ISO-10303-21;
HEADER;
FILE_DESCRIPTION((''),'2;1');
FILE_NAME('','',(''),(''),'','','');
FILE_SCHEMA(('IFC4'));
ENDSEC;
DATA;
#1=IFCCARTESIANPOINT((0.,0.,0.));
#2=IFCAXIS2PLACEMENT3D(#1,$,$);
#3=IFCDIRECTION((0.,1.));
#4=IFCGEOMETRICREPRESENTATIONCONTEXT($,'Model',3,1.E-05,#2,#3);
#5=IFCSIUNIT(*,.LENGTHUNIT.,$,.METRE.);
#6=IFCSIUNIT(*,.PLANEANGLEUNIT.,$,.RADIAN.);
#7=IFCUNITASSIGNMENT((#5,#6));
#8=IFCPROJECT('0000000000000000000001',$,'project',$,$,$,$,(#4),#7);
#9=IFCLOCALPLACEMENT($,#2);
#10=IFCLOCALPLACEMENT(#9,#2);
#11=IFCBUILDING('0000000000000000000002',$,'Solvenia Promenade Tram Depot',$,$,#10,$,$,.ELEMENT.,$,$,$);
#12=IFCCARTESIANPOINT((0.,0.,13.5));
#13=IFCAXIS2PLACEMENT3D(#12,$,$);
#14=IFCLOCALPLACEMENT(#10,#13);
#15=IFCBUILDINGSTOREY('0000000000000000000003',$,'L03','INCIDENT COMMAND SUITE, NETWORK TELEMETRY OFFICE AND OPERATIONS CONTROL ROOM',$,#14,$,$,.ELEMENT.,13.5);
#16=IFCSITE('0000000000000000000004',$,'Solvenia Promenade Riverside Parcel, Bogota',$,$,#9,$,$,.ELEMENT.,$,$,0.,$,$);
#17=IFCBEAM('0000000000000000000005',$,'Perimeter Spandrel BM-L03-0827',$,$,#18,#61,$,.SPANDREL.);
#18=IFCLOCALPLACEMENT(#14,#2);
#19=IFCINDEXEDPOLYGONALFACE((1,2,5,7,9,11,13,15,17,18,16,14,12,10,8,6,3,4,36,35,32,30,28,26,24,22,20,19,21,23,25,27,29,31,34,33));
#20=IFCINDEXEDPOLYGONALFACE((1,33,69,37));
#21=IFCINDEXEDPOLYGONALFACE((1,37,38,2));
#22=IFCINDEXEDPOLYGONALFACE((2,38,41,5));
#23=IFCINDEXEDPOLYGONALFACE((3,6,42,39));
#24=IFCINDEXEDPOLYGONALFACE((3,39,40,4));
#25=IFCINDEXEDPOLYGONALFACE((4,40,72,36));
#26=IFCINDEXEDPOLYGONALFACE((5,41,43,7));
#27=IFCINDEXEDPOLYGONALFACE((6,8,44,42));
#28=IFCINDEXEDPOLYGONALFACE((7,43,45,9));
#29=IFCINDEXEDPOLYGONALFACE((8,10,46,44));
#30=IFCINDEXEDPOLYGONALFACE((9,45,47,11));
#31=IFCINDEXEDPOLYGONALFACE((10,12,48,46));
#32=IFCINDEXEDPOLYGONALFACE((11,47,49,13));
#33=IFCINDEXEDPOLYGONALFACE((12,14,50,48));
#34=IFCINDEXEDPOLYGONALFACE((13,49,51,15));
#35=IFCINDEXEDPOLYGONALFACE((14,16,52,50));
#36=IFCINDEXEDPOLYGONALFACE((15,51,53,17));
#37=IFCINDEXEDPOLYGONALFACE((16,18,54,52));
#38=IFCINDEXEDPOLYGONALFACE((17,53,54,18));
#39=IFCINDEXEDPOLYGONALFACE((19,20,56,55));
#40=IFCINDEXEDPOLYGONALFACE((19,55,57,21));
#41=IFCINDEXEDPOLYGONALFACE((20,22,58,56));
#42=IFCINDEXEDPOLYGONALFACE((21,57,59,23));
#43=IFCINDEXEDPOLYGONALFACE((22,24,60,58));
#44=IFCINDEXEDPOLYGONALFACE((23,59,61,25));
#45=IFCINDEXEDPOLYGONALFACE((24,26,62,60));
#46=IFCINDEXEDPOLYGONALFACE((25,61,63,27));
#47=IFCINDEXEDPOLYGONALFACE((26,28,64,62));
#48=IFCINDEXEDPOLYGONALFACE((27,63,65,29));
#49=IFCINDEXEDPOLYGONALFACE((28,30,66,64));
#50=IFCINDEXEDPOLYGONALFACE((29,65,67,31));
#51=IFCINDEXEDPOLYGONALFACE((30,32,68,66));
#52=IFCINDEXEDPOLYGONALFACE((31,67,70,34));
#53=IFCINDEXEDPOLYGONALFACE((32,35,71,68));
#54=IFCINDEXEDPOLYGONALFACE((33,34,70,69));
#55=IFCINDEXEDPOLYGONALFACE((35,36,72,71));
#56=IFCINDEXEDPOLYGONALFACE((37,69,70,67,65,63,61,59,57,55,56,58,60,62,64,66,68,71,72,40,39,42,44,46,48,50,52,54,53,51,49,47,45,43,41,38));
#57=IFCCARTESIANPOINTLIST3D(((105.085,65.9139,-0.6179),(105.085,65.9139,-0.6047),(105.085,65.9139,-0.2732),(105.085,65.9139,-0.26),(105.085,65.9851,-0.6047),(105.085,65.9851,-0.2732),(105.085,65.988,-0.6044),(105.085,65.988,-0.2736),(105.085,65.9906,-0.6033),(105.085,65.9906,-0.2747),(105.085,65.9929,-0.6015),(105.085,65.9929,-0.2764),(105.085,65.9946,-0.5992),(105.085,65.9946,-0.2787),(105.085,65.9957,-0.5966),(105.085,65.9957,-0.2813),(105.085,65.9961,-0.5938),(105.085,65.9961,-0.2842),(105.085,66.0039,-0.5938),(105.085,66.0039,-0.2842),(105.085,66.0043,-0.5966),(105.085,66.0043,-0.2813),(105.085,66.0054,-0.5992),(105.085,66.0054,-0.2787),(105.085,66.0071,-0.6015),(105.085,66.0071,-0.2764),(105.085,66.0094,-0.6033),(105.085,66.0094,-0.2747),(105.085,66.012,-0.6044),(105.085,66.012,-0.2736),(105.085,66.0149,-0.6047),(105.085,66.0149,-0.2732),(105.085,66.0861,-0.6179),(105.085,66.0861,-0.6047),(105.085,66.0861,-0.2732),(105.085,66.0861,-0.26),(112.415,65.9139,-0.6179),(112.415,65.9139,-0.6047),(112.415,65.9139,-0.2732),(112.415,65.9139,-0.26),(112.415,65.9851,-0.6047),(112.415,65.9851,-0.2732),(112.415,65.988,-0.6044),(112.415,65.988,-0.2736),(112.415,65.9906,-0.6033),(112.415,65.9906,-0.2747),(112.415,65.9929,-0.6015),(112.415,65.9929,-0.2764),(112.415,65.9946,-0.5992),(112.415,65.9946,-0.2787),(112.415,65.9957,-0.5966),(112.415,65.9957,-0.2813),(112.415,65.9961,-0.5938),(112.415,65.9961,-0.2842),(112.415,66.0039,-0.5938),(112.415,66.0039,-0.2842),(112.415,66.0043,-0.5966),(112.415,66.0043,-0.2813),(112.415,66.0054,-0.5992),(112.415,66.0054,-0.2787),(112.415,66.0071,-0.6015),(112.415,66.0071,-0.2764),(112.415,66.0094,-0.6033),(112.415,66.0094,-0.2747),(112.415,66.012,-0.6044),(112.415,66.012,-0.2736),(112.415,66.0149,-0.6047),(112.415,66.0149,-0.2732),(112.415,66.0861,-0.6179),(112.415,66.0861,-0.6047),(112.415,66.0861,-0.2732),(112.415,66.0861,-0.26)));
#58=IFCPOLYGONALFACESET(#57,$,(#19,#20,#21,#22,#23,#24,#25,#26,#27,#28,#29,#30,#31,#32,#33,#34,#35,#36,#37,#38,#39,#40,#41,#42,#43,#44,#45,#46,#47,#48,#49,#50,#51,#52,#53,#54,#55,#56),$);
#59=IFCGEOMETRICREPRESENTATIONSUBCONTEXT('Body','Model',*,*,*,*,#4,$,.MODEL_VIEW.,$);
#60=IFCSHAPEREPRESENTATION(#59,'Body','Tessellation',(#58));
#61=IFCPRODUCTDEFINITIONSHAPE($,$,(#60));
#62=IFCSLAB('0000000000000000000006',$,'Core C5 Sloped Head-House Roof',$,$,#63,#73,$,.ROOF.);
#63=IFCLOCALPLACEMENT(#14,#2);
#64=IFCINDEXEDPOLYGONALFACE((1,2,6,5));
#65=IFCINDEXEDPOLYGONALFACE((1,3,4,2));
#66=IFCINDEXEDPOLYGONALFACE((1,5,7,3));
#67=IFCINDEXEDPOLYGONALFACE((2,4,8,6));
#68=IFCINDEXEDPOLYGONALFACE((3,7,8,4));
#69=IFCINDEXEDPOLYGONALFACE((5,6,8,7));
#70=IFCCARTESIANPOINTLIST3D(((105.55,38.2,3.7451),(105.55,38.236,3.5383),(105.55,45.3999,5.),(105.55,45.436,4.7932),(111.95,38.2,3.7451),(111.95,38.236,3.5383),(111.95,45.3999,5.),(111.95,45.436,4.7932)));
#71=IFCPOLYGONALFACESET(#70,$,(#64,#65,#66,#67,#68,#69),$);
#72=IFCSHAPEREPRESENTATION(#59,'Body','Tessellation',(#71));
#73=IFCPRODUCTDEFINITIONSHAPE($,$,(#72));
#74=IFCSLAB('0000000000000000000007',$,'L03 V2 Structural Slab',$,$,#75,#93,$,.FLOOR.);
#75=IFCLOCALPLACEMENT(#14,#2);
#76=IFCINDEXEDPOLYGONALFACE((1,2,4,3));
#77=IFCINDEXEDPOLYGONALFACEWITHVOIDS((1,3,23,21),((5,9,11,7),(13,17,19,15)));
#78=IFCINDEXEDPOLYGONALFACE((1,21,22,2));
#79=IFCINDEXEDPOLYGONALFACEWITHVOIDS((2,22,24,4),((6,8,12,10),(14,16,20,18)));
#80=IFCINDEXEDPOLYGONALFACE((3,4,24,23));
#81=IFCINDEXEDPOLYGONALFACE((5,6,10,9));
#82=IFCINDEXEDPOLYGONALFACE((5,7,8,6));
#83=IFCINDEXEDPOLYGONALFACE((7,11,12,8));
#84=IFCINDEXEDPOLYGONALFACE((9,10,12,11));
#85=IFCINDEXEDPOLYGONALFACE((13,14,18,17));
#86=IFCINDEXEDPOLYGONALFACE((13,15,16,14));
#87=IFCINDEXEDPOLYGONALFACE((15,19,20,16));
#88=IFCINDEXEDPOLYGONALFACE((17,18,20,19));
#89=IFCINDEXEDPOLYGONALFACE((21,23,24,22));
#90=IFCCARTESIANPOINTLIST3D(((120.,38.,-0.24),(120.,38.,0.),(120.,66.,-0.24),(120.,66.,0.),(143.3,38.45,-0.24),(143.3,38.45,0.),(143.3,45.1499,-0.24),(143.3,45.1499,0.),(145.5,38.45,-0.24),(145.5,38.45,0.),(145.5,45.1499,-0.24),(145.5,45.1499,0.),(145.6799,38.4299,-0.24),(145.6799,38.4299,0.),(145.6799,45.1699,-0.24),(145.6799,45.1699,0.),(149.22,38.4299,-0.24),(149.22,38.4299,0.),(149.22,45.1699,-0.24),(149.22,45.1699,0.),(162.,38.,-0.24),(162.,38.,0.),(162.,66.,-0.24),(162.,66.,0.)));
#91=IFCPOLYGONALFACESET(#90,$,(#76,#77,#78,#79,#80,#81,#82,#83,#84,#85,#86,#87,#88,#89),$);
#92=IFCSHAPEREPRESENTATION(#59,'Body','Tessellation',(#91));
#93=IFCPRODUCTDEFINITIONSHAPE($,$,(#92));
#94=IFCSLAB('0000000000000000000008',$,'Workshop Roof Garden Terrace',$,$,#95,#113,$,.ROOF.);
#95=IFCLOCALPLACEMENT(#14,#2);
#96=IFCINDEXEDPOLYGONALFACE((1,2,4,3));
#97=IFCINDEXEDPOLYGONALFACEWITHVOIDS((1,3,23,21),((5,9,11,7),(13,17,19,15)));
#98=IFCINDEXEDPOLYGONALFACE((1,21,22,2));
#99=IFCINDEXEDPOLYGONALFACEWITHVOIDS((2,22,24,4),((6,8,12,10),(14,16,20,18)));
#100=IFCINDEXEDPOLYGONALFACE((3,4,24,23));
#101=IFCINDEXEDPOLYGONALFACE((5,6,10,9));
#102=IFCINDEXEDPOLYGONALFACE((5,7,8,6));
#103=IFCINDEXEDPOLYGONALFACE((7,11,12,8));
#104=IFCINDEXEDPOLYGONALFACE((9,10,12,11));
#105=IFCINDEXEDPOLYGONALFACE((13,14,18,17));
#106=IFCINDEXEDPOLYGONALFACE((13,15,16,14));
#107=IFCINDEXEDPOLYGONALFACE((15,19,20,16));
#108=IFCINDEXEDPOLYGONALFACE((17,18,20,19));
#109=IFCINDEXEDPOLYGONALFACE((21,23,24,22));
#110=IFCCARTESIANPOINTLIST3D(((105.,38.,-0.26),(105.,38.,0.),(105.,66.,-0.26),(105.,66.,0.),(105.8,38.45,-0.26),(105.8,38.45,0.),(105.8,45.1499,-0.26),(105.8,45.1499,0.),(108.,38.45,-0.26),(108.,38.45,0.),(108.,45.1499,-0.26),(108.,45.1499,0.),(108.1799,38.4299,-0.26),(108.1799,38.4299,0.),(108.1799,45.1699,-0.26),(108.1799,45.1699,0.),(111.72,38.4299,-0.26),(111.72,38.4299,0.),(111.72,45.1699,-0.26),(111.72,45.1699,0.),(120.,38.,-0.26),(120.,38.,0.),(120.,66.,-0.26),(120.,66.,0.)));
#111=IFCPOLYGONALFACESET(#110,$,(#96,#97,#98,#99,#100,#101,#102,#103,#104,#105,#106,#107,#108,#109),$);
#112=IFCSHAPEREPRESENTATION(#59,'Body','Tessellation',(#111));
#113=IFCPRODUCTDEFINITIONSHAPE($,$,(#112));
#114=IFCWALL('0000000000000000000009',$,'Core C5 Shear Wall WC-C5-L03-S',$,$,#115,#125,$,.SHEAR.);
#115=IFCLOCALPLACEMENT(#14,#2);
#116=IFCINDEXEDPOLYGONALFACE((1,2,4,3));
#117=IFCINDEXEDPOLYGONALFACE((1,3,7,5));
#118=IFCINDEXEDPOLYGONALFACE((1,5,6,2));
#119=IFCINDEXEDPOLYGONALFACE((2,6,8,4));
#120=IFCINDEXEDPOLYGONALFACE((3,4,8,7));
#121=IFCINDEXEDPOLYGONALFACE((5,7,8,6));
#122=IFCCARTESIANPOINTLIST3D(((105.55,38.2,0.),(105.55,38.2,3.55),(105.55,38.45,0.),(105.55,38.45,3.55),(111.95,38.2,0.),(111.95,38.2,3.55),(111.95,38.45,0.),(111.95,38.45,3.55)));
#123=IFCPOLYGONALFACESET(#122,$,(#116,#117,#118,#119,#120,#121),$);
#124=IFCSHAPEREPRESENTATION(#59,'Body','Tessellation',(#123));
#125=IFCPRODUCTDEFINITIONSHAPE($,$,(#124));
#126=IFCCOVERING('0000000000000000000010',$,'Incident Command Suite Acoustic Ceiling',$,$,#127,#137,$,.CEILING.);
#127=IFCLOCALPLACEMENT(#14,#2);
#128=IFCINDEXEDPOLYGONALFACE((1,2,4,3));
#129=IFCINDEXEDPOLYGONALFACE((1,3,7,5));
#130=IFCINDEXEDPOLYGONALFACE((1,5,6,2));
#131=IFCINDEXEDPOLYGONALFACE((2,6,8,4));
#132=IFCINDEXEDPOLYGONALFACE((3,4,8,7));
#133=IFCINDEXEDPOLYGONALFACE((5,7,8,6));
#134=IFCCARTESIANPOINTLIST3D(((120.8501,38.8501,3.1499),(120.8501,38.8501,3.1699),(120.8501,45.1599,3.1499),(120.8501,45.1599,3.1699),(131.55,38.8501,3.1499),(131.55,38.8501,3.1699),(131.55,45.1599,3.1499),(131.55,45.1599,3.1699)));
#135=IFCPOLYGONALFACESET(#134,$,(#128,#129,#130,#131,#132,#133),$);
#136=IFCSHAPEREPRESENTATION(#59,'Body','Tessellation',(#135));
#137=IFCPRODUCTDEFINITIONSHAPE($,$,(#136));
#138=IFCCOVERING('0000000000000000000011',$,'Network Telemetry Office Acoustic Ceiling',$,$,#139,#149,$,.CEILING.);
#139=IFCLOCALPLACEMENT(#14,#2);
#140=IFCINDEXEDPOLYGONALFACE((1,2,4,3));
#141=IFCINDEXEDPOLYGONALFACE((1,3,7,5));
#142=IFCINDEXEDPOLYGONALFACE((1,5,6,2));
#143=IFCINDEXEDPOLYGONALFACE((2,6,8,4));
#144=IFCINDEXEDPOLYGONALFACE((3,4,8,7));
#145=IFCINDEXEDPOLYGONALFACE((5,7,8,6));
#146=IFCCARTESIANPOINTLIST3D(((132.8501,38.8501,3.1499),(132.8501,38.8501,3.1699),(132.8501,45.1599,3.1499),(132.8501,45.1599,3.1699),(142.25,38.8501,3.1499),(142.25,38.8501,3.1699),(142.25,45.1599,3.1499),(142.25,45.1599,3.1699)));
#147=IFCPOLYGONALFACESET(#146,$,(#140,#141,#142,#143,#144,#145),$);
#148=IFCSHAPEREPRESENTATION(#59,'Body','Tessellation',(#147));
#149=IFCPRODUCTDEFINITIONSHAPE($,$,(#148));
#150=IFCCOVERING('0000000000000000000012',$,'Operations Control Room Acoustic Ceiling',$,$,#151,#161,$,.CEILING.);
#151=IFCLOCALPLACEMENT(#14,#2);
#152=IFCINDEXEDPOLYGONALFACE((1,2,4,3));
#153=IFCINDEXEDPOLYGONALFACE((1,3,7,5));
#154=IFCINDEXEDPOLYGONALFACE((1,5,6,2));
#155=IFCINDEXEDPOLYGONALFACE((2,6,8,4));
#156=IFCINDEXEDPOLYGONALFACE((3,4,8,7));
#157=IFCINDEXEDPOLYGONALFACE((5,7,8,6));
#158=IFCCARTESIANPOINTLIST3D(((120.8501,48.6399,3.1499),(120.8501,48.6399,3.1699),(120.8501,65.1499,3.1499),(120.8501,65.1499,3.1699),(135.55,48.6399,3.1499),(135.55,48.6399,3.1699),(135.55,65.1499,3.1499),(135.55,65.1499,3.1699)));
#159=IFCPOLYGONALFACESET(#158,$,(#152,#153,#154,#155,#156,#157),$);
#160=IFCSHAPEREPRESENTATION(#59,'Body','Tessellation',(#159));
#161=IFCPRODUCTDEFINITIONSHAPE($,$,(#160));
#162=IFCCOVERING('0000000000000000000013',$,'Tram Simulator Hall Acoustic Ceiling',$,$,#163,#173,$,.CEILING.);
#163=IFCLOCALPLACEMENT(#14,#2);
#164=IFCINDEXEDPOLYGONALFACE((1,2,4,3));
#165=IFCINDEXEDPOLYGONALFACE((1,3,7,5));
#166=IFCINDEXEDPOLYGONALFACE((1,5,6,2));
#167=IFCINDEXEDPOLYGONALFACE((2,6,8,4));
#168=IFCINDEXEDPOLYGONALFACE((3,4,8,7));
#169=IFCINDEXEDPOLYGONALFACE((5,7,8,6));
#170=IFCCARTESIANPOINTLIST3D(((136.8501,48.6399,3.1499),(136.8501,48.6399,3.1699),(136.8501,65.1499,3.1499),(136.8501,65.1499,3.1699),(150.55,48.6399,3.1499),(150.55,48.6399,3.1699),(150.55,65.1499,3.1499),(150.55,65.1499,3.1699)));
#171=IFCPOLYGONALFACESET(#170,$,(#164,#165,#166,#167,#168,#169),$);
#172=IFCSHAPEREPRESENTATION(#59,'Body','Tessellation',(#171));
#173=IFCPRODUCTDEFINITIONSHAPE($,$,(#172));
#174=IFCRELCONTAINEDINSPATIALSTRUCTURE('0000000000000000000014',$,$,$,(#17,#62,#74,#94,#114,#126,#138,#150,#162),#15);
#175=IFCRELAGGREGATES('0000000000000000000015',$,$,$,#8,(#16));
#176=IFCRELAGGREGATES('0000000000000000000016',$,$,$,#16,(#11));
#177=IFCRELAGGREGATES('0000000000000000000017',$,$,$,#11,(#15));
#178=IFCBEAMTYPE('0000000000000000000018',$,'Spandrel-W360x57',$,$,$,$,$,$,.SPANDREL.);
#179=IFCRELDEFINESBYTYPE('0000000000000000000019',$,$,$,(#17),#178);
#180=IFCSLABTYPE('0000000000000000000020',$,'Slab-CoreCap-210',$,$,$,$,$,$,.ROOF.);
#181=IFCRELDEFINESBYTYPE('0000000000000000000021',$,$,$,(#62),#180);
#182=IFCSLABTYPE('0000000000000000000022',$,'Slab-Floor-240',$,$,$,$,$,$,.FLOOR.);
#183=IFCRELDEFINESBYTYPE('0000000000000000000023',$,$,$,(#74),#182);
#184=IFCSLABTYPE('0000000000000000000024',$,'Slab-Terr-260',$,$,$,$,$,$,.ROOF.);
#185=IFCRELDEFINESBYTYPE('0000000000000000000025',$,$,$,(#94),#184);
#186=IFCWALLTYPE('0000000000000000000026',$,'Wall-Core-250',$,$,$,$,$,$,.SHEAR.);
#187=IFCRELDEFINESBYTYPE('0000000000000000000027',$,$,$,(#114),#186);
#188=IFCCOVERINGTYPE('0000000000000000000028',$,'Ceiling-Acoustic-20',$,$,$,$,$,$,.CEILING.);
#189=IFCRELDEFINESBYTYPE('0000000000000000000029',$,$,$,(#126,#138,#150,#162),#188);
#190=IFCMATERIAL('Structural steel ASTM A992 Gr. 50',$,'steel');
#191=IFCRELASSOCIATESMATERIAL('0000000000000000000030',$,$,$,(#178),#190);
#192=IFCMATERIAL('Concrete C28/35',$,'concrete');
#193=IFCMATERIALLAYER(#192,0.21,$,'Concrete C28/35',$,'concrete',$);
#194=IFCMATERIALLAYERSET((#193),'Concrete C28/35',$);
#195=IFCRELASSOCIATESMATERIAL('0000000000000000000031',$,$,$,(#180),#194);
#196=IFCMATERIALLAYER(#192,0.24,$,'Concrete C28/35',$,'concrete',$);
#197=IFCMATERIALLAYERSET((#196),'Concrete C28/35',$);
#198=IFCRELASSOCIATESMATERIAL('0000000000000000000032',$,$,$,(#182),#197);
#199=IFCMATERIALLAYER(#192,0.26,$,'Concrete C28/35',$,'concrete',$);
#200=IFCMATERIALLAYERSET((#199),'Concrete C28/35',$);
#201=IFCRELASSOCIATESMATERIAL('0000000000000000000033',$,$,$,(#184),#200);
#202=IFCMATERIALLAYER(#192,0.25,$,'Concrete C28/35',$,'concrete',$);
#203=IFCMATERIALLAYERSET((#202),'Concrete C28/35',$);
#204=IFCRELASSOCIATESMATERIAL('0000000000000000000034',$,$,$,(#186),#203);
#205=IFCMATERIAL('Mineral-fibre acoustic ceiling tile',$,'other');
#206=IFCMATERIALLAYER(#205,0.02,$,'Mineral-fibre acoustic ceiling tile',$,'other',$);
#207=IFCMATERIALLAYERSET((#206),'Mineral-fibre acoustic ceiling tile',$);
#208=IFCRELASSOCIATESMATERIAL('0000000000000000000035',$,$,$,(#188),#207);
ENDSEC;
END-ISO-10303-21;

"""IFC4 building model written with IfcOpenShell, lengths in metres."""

from ifc_helpers import new_model, si_unit, direction, frame, frame_2d, origin, origin_2d, place, context, subcontext, project, spatial, polyline, rectangle, i_section, outline, extrude, material, layer, layer_set, material_profile, profile_set, type_object, element, save


model = new_model("IFC4")

# Units and contexts
model_context = context("Model", 3, precision=1e-05, world=origin(), true_north=direction((0.0, 1.0)))
body_context = subcontext(model_context, "Body", "Model", "MODEL_VIEW")
ifc_project = project(units=[si_unit("LENGTHUNIT", "METRE"), si_unit("PLANEANGLEUNIT", "RADIAN")], contexts=[model_context])

# Site, building, storey
site_placement = place(None, origin())
site = spatial("IfcSite", under=ifc_project, at=site_placement, Name="Solvenia Promenade Riverside Parcel, Bogota", CompositionType="ELEMENT", RefElevation=0.0)
building_placement = place(site_placement, origin())
building = spatial("IfcBuilding", under=site, at=building_placement, Name="Solvenia Promenade Tram Depot", CompositionType="ELEMENT")
storey_placement = place(building_placement, frame((0.0, 0.0, 13.5)))
storey = spatial("IfcBuildingStorey", under=building, at=storey_placement, Name="L03", Description="INCIDENT COMMAND SUITE, NETWORK TELEMETRY OFFICE AND OPERATIONS CONTROL ROOM", CompositionType="ELEMENT", Elevation=13.5)

# Beam
ifc_material_1 = material(Name="Structural steel ASTM A992 Gr. 50", Category="steel")
ifc_material_profile_1 = material_profile(ifc_material_1, i_section(OverallWidth=0.1721, OverallDepth=0.3579, WebThickness=0.0078, FlangeThickness=0.0132, FilletRadius=0.011, at=origin_2d()), Name="W360x57", Category="steel")
ifc_profile_set_1 = profile_set([ifc_material_profile_1], Name="Structural steel ASTM A992 Gr. 50")
beam_type_1 = type_object("IfcBeamType", Name="Spandrel-W360x57", PredefinedType="SPANDREL", material=ifc_profile_set_1)
for number, where, z_axis, x_axis, name in (
    (1, (105.085, 66.0, -0.439), (1.0, 0.0, 0.0), (0.0, 1.0, 0.0), "Perimeter Spandrel BM-L03-0827"),
):
    element("IfcBeam", number, at=place(storey_placement, frame(where, z_axis=z_axis, x_axis=x_axis)), inside=storey, type_object=beam_type_1, Name=name, PredefinedType="SPANDREL", context=body_context, shape_type="SweptSolid", body=[
        extrude(i_section(OverallWidth=0.1721, OverallDepth=0.3579, WebThickness=0.0078, FlangeThickness=0.0132, FilletRadius=0.011, at=origin_2d()), origin(), (0.0, 0.0, 1.0), 7.3301),
    ])

# Slabs
ifc_material_2 = material(Name="Concrete C28/35", Category="concrete")
ifc_layer_1 = layer(ifc_material_2, 0.21, Name="Concrete C28/35", Category="concrete")
ifc_layer_set_1 = layer_set([ifc_layer_1], Name="Concrete C28/35")
slab_type_1 = type_object("IfcSlabType", Name="Slab-CoreCap-210", PredefinedType="ROOF", material=ifc_layer_set_1)
slab_1_placement = place(storey_placement, frame((105.55, 38.2, 3.7451), z_axis=(0.0, -0.171702, 0.985149), x_axis=(1.0, 0.0, 0.0)))
element("IfcSlab", 2, at=slab_1_placement, inside=storey, type_object=slab_type_1, Name="Core C5 Sloped Head-House Roof", PredefinedType="ROOF", context=body_context, shape_type="SweptSolid", body=[
    extrude(outline(polyline([(0.0, 0.0), (6.3999, 0.0), (6.3999, 7.3085), (0.0, 7.3085), (0.0, 0.0)])), origin(), (0.0, 0.0, -1.0), 0.21),
])
ifc_layer_2 = layer(ifc_material_2, 0.24, Name="Concrete C28/35", Category="concrete")
ifc_layer_set_2 = layer_set([ifc_layer_2], Name="Concrete C28/35")
slab_type_2 = type_object("IfcSlabType", Name="Slab-Floor-240", PredefinedType="FLOOR", material=ifc_layer_set_2)
slab_2_placement = place(storey_placement, frame((0.0, 0.0, -0.24)))
element("IfcSlab", 3, at=slab_2_placement, inside=storey, type_object=slab_type_2, Name="L03 V2 Structural Slab", PredefinedType="FLOOR", context=body_context, shape_type="SweptSolid", body=[
    extrude(outline(polyline([(120.0, 38.0), (162.0, 38.0), (162.0, 66.0), (120.0, 66.0), (120.0, 38.0)]), holes=[polyline([(143.3, 45.1499), (145.5, 45.1499), (145.5, 38.45), (143.3, 38.45), (143.3, 45.1499)]), polyline([(145.6799, 45.1699), (149.22, 45.1699), (149.22, 38.4299), (145.6799, 38.4299), (145.6799, 45.1699)])]), origin(), (0.0, 0.0, 1.0), 0.24),
])
ifc_layer_3 = layer(ifc_material_2, 0.26, Name="Concrete C28/35", Category="concrete")
ifc_layer_set_3 = layer_set([ifc_layer_3], Name="Concrete C28/35")
slab_type_3 = type_object("IfcSlabType", Name="Slab-Terr-260", PredefinedType="ROOF", material=ifc_layer_set_3)
slab_3_placement = place(storey_placement, frame((0.0, 0.0, -0.26)))
element("IfcSlab", 4, at=slab_3_placement, inside=storey, type_object=slab_type_3, Name="Workshop Roof Garden Terrace", PredefinedType="ROOF", context=body_context, shape_type="SweptSolid", body=[
    extrude(outline(polyline([(105.0, 38.0), (120.0, 38.0), (120.0, 66.0), (105.0, 66.0), (105.0, 38.0)]), holes=[polyline([(105.8, 45.1499), (108.0, 45.1499), (108.0, 38.45), (105.8, 38.45), (105.8, 45.1499)]), polyline([(108.1799, 45.1699), (111.72, 45.1699), (111.72, 38.4299), (108.1799, 38.4299), (108.1799, 45.1699)])]), origin(), (0.0, 0.0, 1.0), 0.26),
])

# Wall
ifc_layer_4 = layer(ifc_material_2, 0.25, Name="Concrete C28/35", Category="concrete")
ifc_layer_set_4 = layer_set([ifc_layer_4], Name="Concrete C28/35")
wall_type = type_object("IfcWallType", Name="Wall-Core-250", PredefinedType="SHEAR", material=ifc_layer_set_4)
wall_placement = place(storey_placement, frame((105.55, 38.325, 0.0), z_axis=(0.0, 0.0, 1.0), x_axis=(1.0, 0.0, 0.0)))
element("IfcWall", 5, at=wall_placement, inside=storey, type_object=wall_type, Name="Core C5 Shear Wall WC-C5-L03-S", PredefinedType="SHEAR", context=body_context, shape_type="SweptSolid", body=[
    extrude(rectangle(XDim=6.3999, YDim=0.25, at=frame_2d((3.2, 0.0))), origin(), (0.0, 0.0, 1.0), 3.55),
])

# Coverings
ifc_material_3 = material(Name="Mineral-fibre acoustic ceiling tile", Category="other")
ifc_layer_5 = layer(ifc_material_3, 0.02, Name="Mineral-fibre acoustic ceiling tile", Category="other")
ifc_layer_set_5 = layer_set([ifc_layer_5], Name="Mineral-fibre acoustic ceiling tile")
covering_type_1 = type_object("IfcCoveringType", Name="Ceiling-Acoustic-20", PredefinedType="CEILING", material=ifc_layer_set_5)
covering_1_placement = place(storey_placement, frame((0.0, 0.0, 3.1499)))
element("IfcCovering", 6, at=covering_1_placement, inside=storey, type_object=covering_type_1, Name="Incident Command Suite Acoustic Ceiling", PredefinedType="CEILING", context=body_context, shape_type="SweptSolid", body=[
    extrude(outline(polyline([(120.8501, 38.8501), (131.55, 38.8501), (131.55, 45.1599), (120.8501, 45.1599), (120.8501, 38.8501)])), origin(), (0.0, 0.0, 1.0), 0.02),
])
covering_2_placement = place(storey_placement, frame((0.0, 0.0, 3.1499)))
element("IfcCovering", 7, at=covering_2_placement, inside=storey, type_object=covering_type_1, Name="Network Telemetry Office Acoustic Ceiling", PredefinedType="CEILING", context=body_context, shape_type="SweptSolid", body=[
    extrude(outline(polyline([(132.8501, 38.8501), (142.25, 38.8501), (142.25, 45.1599), (132.8501, 45.1599), (132.8501, 38.8501)])), origin(), (0.0, 0.0, 1.0), 0.02),
])
covering_3_placement = place(storey_placement, frame((0.0, 0.0, 3.1499)))
element("IfcCovering", 8, at=covering_3_placement, inside=storey, type_object=covering_type_1, Name="Operations Control Room Acoustic Ceiling", PredefinedType="CEILING", context=body_context, shape_type="SweptSolid", body=[
    extrude(outline(polyline([(120.8501, 48.6399), (135.55, 48.6399), (135.55, 65.1499), (120.8501, 65.1499), (120.8501, 48.6399)])), origin(), (0.0, 0.0, 1.0), 0.02),
])
covering_4_placement = place(storey_placement, frame((0.0, 0.0, 3.1499)))
element("IfcCovering", 9, at=covering_4_placement, inside=storey, type_object=covering_type_1, Name="Tram Simulator Hall Acoustic Ceiling", PredefinedType="CEILING", context=body_context, shape_type="SweptSolid", body=[
    extrude(outline(polyline([(136.8501, 48.6399), (150.55, 48.6399), (150.55, 65.1499), (136.8501, 65.1499), (136.8501, 48.6399)])), origin(), (0.0, 0.0, 1.0), 0.02),
])

save(model, "model.ifc")
